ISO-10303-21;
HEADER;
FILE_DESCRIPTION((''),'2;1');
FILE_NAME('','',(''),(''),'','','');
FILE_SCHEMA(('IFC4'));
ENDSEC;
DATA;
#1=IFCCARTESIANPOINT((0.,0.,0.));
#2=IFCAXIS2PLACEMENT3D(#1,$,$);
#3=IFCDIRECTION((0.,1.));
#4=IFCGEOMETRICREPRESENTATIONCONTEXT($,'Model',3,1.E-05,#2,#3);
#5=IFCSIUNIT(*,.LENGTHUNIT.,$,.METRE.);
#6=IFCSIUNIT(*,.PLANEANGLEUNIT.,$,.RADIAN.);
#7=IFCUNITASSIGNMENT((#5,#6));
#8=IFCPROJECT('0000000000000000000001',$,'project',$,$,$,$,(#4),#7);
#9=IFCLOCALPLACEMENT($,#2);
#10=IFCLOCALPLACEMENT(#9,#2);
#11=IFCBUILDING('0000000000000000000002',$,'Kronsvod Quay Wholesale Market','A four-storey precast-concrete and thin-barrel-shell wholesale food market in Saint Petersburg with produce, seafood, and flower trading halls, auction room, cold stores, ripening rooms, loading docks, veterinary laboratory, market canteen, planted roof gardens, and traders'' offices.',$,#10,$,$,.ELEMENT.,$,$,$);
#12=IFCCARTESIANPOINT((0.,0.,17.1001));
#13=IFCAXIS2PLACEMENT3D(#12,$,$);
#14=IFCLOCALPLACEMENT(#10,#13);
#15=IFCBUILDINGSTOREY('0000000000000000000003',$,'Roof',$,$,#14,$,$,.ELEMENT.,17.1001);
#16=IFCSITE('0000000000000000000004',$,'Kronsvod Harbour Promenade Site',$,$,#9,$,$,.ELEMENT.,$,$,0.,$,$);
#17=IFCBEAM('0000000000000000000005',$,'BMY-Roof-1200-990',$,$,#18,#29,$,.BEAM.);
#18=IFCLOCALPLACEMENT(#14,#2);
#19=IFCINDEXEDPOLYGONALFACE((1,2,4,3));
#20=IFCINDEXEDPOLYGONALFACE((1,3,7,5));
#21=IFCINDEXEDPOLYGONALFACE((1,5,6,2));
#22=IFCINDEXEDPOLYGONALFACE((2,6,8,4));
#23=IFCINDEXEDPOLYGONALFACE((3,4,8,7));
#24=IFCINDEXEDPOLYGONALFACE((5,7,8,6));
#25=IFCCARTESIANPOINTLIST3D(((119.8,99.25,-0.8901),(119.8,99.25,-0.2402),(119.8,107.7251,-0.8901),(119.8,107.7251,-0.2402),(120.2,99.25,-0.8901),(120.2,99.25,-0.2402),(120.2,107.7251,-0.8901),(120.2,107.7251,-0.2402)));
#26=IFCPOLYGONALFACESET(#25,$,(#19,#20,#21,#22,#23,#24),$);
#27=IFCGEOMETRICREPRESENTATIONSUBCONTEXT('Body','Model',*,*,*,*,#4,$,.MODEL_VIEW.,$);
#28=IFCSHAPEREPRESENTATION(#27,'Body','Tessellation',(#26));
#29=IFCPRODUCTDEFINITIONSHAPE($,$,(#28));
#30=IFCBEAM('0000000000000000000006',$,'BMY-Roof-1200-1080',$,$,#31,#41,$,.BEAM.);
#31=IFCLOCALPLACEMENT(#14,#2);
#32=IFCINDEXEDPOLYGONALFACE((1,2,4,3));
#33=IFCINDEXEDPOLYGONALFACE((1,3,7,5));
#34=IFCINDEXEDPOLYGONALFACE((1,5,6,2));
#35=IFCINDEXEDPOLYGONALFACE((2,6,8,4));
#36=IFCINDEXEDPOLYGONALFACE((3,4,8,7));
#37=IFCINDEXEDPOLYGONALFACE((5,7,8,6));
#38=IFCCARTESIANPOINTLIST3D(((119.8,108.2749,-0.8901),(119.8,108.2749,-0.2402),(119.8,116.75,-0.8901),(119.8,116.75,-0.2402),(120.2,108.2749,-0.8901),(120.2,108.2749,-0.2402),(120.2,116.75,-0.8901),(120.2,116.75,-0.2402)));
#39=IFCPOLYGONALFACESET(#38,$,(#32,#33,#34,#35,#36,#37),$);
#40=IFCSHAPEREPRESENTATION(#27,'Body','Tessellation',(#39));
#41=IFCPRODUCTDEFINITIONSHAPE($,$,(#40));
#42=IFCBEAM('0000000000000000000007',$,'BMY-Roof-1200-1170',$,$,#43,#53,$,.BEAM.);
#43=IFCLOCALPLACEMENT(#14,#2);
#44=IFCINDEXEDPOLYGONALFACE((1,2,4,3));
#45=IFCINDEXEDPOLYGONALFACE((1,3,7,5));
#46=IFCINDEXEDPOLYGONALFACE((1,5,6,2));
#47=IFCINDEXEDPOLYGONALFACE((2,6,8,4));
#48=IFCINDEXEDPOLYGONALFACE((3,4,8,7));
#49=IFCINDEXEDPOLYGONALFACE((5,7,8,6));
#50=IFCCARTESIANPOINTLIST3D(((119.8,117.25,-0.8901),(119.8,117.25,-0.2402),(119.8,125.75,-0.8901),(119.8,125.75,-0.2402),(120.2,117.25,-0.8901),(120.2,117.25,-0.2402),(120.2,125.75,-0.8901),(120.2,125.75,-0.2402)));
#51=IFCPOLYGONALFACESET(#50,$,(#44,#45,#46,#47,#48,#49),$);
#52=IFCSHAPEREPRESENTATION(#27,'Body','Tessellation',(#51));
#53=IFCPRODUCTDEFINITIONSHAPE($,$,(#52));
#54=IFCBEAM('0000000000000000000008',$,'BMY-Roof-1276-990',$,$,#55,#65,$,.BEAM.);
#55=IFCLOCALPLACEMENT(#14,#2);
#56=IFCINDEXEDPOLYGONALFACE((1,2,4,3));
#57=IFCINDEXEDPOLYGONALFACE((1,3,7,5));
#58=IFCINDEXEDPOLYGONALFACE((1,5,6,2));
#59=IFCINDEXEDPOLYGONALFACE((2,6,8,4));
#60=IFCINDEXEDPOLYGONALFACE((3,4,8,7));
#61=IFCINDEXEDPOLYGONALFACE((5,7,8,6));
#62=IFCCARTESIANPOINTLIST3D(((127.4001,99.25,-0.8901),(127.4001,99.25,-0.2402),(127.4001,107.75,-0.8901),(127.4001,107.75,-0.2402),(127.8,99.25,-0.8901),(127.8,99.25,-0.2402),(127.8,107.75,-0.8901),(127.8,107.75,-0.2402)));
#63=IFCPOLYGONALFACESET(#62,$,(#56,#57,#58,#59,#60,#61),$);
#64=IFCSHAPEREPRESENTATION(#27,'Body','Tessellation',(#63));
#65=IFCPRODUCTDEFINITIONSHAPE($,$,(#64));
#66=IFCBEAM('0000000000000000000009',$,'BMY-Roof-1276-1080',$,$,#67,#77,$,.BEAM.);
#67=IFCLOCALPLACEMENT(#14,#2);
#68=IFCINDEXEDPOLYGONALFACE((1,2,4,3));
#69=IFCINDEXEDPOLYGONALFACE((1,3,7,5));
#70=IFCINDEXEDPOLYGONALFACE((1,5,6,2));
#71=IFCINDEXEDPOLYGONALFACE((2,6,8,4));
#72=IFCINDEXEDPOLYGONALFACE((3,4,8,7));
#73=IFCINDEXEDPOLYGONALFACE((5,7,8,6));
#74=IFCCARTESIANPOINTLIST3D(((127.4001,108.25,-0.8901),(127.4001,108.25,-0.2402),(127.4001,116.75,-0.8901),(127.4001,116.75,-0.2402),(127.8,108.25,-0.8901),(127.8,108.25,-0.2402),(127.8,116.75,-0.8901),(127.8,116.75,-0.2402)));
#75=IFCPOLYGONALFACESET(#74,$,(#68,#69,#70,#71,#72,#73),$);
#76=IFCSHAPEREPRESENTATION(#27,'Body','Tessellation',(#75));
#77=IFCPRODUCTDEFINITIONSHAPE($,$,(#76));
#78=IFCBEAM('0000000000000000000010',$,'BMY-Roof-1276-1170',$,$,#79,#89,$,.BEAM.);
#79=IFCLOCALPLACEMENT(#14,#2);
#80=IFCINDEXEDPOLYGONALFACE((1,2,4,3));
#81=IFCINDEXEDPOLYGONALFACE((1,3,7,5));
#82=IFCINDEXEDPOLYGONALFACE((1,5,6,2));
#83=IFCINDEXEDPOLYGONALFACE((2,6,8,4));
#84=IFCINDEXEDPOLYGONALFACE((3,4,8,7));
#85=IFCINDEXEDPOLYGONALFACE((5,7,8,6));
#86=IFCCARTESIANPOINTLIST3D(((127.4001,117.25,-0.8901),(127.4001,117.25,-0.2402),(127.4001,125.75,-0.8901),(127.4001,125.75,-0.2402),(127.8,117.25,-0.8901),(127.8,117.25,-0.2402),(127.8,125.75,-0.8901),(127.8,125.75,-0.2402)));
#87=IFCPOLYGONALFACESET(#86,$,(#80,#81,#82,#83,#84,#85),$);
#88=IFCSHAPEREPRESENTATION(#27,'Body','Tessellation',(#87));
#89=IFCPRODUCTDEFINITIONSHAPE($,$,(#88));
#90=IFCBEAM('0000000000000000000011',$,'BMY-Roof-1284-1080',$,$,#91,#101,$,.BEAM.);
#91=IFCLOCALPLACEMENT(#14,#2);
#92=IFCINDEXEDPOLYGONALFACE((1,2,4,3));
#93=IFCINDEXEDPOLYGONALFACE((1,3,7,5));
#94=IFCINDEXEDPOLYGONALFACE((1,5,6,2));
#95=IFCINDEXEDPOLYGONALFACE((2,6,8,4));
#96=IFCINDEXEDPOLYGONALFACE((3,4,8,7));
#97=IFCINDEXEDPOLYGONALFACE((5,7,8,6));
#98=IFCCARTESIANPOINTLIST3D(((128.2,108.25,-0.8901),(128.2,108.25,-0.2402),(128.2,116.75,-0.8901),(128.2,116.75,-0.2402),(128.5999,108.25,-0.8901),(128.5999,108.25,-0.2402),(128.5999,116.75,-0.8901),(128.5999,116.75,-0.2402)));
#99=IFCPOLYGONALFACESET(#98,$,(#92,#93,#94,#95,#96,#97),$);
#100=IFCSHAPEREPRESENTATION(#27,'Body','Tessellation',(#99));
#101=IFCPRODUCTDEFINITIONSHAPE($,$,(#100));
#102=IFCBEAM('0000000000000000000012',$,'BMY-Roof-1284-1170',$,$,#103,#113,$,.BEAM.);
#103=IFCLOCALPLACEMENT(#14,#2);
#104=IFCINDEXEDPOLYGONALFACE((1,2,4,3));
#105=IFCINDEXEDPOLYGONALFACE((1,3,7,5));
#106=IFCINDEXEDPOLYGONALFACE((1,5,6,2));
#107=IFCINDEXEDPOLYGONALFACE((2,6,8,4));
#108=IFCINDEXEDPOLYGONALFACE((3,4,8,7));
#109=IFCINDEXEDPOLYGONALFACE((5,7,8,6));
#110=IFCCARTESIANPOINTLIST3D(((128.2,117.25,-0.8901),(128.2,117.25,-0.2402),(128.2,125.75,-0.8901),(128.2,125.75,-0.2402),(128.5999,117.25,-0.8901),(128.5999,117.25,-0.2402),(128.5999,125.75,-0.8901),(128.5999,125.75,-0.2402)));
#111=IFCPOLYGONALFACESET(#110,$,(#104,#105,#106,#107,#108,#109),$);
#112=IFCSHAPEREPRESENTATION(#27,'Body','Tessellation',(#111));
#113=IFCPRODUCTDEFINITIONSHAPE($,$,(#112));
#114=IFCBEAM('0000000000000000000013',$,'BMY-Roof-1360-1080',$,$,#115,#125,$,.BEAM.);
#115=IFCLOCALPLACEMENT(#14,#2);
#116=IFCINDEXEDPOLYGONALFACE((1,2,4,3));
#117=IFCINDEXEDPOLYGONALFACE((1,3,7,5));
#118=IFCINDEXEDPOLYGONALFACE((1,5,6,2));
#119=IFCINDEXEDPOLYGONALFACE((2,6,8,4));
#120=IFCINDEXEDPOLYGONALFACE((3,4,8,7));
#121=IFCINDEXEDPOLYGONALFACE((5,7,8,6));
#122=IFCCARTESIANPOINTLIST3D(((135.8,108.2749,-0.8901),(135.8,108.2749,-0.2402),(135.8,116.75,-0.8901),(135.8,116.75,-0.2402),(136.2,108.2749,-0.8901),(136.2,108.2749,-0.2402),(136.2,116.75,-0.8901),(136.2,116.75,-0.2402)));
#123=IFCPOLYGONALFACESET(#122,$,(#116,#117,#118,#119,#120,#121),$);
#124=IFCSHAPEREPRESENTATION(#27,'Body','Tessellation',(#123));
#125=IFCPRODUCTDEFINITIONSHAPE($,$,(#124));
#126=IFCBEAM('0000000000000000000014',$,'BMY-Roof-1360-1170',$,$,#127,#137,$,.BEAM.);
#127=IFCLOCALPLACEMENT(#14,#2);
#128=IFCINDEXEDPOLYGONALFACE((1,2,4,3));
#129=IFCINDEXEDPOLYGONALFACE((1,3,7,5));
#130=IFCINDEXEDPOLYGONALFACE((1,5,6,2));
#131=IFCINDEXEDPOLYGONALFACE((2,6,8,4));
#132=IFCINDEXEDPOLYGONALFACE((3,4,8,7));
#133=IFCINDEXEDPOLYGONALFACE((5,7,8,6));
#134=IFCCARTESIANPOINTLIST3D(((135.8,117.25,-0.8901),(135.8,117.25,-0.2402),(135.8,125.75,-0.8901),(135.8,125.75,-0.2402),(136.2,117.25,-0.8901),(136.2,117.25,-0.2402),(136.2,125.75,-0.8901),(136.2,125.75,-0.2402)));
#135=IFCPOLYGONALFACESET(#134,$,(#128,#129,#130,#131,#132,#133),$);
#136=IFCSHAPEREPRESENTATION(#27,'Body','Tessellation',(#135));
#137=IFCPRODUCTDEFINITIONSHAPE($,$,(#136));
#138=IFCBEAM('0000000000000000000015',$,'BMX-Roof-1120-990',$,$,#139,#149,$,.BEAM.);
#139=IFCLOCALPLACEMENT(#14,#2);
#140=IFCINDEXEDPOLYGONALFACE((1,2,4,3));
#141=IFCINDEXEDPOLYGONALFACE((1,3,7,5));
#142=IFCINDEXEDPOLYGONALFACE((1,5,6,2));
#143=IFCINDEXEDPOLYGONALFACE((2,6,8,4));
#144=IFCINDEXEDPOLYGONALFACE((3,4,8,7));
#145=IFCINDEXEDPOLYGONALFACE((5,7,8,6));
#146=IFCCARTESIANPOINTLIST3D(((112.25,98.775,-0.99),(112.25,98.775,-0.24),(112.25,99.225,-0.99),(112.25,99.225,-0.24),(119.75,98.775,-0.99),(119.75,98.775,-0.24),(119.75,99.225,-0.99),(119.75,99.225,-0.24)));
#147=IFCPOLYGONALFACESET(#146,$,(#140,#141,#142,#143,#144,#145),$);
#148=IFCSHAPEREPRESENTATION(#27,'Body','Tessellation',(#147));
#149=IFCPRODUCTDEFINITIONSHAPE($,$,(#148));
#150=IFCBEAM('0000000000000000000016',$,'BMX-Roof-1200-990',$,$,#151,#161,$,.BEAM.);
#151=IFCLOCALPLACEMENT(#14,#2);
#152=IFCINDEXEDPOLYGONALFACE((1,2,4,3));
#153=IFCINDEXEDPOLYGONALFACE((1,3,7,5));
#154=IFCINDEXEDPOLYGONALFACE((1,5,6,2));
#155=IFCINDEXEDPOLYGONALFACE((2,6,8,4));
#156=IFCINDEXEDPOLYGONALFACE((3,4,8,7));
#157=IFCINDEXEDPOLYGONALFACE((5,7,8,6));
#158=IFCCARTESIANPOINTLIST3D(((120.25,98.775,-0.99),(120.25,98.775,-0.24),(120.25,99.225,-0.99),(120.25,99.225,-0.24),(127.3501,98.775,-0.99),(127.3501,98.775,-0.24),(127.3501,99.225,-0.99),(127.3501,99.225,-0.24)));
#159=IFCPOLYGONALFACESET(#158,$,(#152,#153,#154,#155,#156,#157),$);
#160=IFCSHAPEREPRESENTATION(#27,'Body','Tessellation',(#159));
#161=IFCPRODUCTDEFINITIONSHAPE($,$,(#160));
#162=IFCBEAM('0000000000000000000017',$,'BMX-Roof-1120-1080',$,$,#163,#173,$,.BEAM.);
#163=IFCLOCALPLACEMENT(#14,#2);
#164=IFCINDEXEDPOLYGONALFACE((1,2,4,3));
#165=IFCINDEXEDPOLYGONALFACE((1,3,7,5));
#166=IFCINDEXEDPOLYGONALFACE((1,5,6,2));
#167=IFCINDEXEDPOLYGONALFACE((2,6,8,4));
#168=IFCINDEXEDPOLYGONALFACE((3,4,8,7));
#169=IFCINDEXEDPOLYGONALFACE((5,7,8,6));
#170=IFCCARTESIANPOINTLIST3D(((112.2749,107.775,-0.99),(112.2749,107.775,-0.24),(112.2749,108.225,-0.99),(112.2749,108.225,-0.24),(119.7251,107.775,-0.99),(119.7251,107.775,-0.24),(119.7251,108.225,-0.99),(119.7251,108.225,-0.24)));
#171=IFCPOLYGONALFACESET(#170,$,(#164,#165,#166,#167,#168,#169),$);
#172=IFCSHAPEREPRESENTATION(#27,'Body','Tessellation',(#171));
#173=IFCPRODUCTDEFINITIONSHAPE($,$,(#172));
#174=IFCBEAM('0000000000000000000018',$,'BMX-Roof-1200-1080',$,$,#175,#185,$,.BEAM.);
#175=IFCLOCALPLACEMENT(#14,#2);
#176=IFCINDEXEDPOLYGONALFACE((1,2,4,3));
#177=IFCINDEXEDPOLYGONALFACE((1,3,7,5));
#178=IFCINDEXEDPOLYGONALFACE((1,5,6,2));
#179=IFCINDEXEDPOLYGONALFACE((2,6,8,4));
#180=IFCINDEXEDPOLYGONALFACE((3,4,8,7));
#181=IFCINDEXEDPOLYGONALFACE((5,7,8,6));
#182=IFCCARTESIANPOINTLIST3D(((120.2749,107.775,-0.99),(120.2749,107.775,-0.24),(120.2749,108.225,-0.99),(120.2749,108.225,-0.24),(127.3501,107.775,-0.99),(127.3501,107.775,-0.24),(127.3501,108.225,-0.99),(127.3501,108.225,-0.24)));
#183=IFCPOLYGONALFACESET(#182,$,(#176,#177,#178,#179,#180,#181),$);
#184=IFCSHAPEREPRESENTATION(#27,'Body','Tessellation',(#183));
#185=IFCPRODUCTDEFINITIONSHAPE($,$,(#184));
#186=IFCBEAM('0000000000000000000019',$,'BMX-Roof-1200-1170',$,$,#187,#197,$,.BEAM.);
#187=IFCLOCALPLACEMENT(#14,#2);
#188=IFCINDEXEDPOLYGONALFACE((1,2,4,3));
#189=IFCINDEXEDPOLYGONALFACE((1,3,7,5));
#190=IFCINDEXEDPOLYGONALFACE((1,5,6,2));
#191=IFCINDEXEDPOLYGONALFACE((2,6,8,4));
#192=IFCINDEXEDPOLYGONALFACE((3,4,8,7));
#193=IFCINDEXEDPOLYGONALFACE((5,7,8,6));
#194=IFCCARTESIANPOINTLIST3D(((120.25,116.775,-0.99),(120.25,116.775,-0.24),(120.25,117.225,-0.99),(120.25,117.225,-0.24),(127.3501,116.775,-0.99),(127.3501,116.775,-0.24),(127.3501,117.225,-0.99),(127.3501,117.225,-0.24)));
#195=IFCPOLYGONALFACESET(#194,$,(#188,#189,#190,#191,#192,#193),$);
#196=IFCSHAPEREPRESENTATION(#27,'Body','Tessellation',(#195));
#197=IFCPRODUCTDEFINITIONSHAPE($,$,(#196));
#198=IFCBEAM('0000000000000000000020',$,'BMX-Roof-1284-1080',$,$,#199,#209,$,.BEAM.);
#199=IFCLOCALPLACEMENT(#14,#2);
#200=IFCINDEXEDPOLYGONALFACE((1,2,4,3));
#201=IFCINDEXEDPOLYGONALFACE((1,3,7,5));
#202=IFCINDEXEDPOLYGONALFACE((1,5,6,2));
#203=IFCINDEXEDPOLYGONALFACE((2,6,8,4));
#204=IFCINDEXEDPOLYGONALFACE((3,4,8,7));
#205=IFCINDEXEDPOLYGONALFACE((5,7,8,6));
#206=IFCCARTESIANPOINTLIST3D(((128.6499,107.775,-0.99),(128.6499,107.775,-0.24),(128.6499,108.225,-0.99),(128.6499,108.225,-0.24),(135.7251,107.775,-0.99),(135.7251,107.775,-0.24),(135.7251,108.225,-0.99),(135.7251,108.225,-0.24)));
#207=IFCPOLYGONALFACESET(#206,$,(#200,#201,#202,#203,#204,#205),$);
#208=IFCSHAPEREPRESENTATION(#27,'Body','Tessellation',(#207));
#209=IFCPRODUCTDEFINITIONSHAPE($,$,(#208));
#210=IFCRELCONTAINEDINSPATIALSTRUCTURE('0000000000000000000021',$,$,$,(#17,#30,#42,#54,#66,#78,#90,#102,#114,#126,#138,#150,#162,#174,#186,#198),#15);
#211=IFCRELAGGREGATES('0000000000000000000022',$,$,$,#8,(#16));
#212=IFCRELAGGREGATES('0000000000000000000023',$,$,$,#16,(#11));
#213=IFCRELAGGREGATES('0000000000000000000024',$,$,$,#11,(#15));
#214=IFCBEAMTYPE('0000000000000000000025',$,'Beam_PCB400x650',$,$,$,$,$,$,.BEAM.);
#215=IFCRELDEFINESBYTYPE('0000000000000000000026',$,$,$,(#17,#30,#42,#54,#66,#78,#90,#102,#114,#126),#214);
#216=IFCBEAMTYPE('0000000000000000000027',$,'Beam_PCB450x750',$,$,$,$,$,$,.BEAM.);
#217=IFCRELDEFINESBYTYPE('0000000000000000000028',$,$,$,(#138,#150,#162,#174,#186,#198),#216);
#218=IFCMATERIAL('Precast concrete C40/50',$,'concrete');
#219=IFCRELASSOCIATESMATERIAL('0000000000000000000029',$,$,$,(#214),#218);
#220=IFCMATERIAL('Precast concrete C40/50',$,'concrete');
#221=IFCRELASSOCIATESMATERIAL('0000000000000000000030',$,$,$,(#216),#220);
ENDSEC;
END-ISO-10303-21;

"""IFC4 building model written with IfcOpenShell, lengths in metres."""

from ifc_helpers import new_model, si_unit, direction, frame, origin, origin_2d, place, context, subcontext, project, spatial, rectangle, extrude, material, material_profile, profile_set, type_object, element, save


model = new_model("IFC4")

# Units and contexts
model_context = context("Model", 3, precision=1e-05, world=origin(), true_north=direction((0.0, 1.0)))
body_context = subcontext(model_context, "Body", "Model", "MODEL_VIEW")
ifc_project = project(units=[si_unit("LENGTHUNIT", "METRE"), si_unit("PLANEANGLEUNIT", "RADIAN")], contexts=[model_context])

# Site, building, storey
site_placement = place(None, origin())
site = spatial("IfcSite", under=ifc_project, at=site_placement, Name="Kronsvod Harbour Promenade Site", CompositionType="ELEMENT", RefElevation=0.0)
building_placement = place(site_placement, origin())
building = spatial("IfcBuilding", under=site, at=building_placement, Name="Kronsvod Quay Wholesale Market", Description="A four-storey precast-concrete and thin-barrel-shell wholesale food market in Saint Petersburg with produce, seafood, and flower trading halls, auction room, cold stores, ripening rooms, loading docks, veterinary laboratory, market canteen, planted roof gardens, and traders' offices.", CompositionType="ELEMENT")
storey_placement = place(building_placement, frame((0.0, 0.0, 17.1001)))
storey = spatial("IfcBuildingStorey", under=building, at=storey_placement, Name="Roof", CompositionType="ELEMENT", Elevation=17.1001)

# Beams
ifc_material_1 = material(Name="Precast concrete C40/50", Category="concrete")
ifc_material_profile_1 = material_profile(ifc_material_1, rectangle(XDim=0.3999, YDim=0.6499, at=origin_2d()), Name="PCB400x650")
ifc_profile_set_1 = profile_set([ifc_material_profile_1], Name="Precast concrete C40/50")
beam_type_1 = type_object("IfcBeamType", Name="Beam_PCB400x650", PredefinedType="BEAM", material=ifc_profile_set_1)
for number, where, z_axis, x_axis, name in (
    (1, (120.0, 99.25, -0.5652), (0.0, 1.0, 0.0), (-1.0, 0.0, 0.0), "BMY-Roof-1200-990"),
    (2, (120.0, 108.2749, -0.5652), (0.0, 1.0, 0.0), (-1.0, 0.0, 0.0), "BMY-Roof-1200-1080"),
):
    element("IfcBeam", number, at=place(storey_placement, frame(where, z_axis=z_axis, x_axis=x_axis)), inside=storey, type_object=beam_type_1, Name=name, PredefinedType="BEAM", context=body_context, shape_type="SweptSolid", body=[
        extrude(rectangle(XDim=0.3999, YDim=0.6499, at=origin_2d()), origin(), (0.0, 0.0, 1.0), 8.4751),
    ])
for number, where, z_axis, x_axis, name in (
    (3, (120.0, 117.25, -0.5652), (0.0, 1.0, 0.0), (-1.0, 0.0, 0.0), "BMY-Roof-1200-1170"),
    (4, (127.6001, 99.25, -0.5652), (0.0, 1.0, 0.0), (-1.0, 0.0, 0.0), "BMY-Roof-1276-990"),
    (5, (127.6001, 108.25, -0.5652), (0.0, 1.0, 0.0), (-1.0, 0.0, 0.0), "BMY-Roof-1276-1080"),
    (6, (127.6001, 117.25, -0.5652), (0.0, 1.0, 0.0), (-1.0, 0.0, 0.0), "BMY-Roof-1276-1170"),
    (7, (128.3999, 108.25, -0.5652), (0.0, 1.0, 0.0), (-1.0, 0.0, 0.0), "BMY-Roof-1284-1080"),
    (8, (128.3999, 117.25, -0.5652), (0.0, 1.0, 0.0), (-1.0, 0.0, 0.0), "BMY-Roof-1284-1170"),
):
    element("IfcBeam", number, at=place(storey_placement, frame(where, z_axis=z_axis, x_axis=x_axis)), inside=storey, type_object=beam_type_1, Name=name, PredefinedType="BEAM", context=body_context, shape_type="SweptSolid", body=[
        extrude(rectangle(XDim=0.3999, YDim=0.6499, at=origin_2d()), origin(), (0.0, 0.0, 1.0), 8.5),
    ])
beam_1_placement = place(storey_placement, frame((136.0, 108.2749, -0.5652), z_axis=(0.0, 1.0, 0.0), x_axis=(-1.0, 0.0, 0.0)))
element("IfcBeam", 9, at=beam_1_placement, inside=storey, type_object=beam_type_1, Name="BMY-Roof-1360-1080", PredefinedType="BEAM", context=body_context, shape_type="SweptSolid", body=[
    extrude(rectangle(XDim=0.3999, YDim=0.6499, at=origin_2d()), origin(), (0.0, 0.0, 1.0), 8.4751),
])
beam_2_placement = place(storey_placement, frame((136.0, 117.25, -0.5652), z_axis=(0.0, 1.0, 0.0), x_axis=(-1.0, 0.0, 0.0)))
element("IfcBeam", 10, at=beam_2_placement, inside=storey, type_object=beam_type_1, Name="BMY-Roof-1360-1170", PredefinedType="BEAM", context=body_context, shape_type="SweptSolid", body=[
    extrude(rectangle(XDim=0.3999, YDim=0.6499, at=origin_2d()), origin(), (0.0, 0.0, 1.0), 8.5),
])
ifc_material_2 = material(Name="Precast concrete C40/50", Category="concrete")
ifc_material_profile_2 = material_profile(ifc_material_2, rectangle(XDim=0.45, YDim=0.75, at=origin_2d()), Name="PCB450x750")
ifc_profile_set_2 = profile_set([ifc_material_profile_2], Name="Precast concrete C40/50")
beam_type_2 = type_object("IfcBeamType", Name="Beam_PCB450x750", PredefinedType="BEAM", material=ifc_profile_set_2)
beam_3_placement = place(storey_placement, frame((112.25, 99.0, -0.615), z_axis=(1.0, 0.0, 0.0), x_axis=(0.0, 1.0, 0.0)))
element("IfcBeam", 11, at=beam_3_placement, inside=storey, type_object=beam_type_2, Name="BMX-Roof-1120-990", PredefinedType="BEAM", context=body_context, shape_type="SweptSolid", body=[
    extrude(rectangle(XDim=0.45, YDim=0.75, at=origin_2d()), origin(), (0.0, 0.0, 1.0), 7.5),
])
beam_4_placement = place(storey_placement, frame((120.25, 99.0, -0.615), z_axis=(1.0, 0.0, 0.0), x_axis=(0.0, 1.0, 0.0)))
element("IfcBeam", 12, at=beam_4_placement, inside=storey, type_object=beam_type_2, Name="BMX-Roof-1200-990", PredefinedType="BEAM", context=body_context, shape_type="SweptSolid", body=[
    extrude(rectangle(XDim=0.45, YDim=0.75, at=origin_2d()), origin(), (0.0, 0.0, 1.0), 7.1001),
])
beam_5_placement = place(storey_placement, frame((112.2749, 108.0, -0.615), z_axis=(1.0, 0.0, 0.0), x_axis=(0.0, 1.0, 0.0)))
element("IfcBeam", 13, at=beam_5_placement, inside=storey, type_object=beam_type_2, Name="BMX-Roof-1120-1080", PredefinedType="BEAM", context=body_context, shape_type="SweptSolid", body=[
    extrude(rectangle(XDim=0.45, YDim=0.75, at=origin_2d()), origin(), (0.0, 0.0, 1.0), 7.4502),
])
beam_6_placement = place(storey_placement, frame((120.2749, 108.0, -0.615), z_axis=(1.0, 0.0, 0.0), x_axis=(0.0, 1.0, 0.0)))
element("IfcBeam", 14, at=beam_6_placement, inside=storey, type_object=beam_type_2, Name="BMX-Roof-1200-1080", PredefinedType="BEAM", context=body_context, shape_type="SweptSolid", body=[
    extrude(rectangle(XDim=0.45, YDim=0.75, at=origin_2d()), origin(), (0.0, 0.0, 1.0), 7.0752),
])
beam_7_placement = place(storey_placement, frame((120.25, 117.0, -0.615), z_axis=(1.0, 0.0, 0.0), x_axis=(0.0, 1.0, 0.0)))
element("IfcBeam", 15, at=beam_7_placement, inside=storey, type_object=beam_type_2, Name="BMX-Roof-1200-1170", PredefinedType="BEAM", context=body_context, shape_type="SweptSolid", body=[
    extrude(rectangle(XDim=0.45, YDim=0.75, at=origin_2d()), origin(), (0.0, 0.0, 1.0), 7.1001),
])
beam_8_placement = place(storey_placement, frame((128.6499, 108.0, -0.615), z_axis=(1.0, 0.0, 0.0), x_axis=(0.0, 1.0, 0.0)))
element("IfcBeam", 16, at=beam_8_placement, inside=storey, type_object=beam_type_2, Name="BMX-Roof-1284-1080", PredefinedType="BEAM", context=body_context, shape_type="SweptSolid", body=[
    extrude(rectangle(XDim=0.45, YDim=0.75, at=origin_2d()), origin(), (0.0, 0.0, 1.0), 7.0752),
])

save(model, "model.ifc")
